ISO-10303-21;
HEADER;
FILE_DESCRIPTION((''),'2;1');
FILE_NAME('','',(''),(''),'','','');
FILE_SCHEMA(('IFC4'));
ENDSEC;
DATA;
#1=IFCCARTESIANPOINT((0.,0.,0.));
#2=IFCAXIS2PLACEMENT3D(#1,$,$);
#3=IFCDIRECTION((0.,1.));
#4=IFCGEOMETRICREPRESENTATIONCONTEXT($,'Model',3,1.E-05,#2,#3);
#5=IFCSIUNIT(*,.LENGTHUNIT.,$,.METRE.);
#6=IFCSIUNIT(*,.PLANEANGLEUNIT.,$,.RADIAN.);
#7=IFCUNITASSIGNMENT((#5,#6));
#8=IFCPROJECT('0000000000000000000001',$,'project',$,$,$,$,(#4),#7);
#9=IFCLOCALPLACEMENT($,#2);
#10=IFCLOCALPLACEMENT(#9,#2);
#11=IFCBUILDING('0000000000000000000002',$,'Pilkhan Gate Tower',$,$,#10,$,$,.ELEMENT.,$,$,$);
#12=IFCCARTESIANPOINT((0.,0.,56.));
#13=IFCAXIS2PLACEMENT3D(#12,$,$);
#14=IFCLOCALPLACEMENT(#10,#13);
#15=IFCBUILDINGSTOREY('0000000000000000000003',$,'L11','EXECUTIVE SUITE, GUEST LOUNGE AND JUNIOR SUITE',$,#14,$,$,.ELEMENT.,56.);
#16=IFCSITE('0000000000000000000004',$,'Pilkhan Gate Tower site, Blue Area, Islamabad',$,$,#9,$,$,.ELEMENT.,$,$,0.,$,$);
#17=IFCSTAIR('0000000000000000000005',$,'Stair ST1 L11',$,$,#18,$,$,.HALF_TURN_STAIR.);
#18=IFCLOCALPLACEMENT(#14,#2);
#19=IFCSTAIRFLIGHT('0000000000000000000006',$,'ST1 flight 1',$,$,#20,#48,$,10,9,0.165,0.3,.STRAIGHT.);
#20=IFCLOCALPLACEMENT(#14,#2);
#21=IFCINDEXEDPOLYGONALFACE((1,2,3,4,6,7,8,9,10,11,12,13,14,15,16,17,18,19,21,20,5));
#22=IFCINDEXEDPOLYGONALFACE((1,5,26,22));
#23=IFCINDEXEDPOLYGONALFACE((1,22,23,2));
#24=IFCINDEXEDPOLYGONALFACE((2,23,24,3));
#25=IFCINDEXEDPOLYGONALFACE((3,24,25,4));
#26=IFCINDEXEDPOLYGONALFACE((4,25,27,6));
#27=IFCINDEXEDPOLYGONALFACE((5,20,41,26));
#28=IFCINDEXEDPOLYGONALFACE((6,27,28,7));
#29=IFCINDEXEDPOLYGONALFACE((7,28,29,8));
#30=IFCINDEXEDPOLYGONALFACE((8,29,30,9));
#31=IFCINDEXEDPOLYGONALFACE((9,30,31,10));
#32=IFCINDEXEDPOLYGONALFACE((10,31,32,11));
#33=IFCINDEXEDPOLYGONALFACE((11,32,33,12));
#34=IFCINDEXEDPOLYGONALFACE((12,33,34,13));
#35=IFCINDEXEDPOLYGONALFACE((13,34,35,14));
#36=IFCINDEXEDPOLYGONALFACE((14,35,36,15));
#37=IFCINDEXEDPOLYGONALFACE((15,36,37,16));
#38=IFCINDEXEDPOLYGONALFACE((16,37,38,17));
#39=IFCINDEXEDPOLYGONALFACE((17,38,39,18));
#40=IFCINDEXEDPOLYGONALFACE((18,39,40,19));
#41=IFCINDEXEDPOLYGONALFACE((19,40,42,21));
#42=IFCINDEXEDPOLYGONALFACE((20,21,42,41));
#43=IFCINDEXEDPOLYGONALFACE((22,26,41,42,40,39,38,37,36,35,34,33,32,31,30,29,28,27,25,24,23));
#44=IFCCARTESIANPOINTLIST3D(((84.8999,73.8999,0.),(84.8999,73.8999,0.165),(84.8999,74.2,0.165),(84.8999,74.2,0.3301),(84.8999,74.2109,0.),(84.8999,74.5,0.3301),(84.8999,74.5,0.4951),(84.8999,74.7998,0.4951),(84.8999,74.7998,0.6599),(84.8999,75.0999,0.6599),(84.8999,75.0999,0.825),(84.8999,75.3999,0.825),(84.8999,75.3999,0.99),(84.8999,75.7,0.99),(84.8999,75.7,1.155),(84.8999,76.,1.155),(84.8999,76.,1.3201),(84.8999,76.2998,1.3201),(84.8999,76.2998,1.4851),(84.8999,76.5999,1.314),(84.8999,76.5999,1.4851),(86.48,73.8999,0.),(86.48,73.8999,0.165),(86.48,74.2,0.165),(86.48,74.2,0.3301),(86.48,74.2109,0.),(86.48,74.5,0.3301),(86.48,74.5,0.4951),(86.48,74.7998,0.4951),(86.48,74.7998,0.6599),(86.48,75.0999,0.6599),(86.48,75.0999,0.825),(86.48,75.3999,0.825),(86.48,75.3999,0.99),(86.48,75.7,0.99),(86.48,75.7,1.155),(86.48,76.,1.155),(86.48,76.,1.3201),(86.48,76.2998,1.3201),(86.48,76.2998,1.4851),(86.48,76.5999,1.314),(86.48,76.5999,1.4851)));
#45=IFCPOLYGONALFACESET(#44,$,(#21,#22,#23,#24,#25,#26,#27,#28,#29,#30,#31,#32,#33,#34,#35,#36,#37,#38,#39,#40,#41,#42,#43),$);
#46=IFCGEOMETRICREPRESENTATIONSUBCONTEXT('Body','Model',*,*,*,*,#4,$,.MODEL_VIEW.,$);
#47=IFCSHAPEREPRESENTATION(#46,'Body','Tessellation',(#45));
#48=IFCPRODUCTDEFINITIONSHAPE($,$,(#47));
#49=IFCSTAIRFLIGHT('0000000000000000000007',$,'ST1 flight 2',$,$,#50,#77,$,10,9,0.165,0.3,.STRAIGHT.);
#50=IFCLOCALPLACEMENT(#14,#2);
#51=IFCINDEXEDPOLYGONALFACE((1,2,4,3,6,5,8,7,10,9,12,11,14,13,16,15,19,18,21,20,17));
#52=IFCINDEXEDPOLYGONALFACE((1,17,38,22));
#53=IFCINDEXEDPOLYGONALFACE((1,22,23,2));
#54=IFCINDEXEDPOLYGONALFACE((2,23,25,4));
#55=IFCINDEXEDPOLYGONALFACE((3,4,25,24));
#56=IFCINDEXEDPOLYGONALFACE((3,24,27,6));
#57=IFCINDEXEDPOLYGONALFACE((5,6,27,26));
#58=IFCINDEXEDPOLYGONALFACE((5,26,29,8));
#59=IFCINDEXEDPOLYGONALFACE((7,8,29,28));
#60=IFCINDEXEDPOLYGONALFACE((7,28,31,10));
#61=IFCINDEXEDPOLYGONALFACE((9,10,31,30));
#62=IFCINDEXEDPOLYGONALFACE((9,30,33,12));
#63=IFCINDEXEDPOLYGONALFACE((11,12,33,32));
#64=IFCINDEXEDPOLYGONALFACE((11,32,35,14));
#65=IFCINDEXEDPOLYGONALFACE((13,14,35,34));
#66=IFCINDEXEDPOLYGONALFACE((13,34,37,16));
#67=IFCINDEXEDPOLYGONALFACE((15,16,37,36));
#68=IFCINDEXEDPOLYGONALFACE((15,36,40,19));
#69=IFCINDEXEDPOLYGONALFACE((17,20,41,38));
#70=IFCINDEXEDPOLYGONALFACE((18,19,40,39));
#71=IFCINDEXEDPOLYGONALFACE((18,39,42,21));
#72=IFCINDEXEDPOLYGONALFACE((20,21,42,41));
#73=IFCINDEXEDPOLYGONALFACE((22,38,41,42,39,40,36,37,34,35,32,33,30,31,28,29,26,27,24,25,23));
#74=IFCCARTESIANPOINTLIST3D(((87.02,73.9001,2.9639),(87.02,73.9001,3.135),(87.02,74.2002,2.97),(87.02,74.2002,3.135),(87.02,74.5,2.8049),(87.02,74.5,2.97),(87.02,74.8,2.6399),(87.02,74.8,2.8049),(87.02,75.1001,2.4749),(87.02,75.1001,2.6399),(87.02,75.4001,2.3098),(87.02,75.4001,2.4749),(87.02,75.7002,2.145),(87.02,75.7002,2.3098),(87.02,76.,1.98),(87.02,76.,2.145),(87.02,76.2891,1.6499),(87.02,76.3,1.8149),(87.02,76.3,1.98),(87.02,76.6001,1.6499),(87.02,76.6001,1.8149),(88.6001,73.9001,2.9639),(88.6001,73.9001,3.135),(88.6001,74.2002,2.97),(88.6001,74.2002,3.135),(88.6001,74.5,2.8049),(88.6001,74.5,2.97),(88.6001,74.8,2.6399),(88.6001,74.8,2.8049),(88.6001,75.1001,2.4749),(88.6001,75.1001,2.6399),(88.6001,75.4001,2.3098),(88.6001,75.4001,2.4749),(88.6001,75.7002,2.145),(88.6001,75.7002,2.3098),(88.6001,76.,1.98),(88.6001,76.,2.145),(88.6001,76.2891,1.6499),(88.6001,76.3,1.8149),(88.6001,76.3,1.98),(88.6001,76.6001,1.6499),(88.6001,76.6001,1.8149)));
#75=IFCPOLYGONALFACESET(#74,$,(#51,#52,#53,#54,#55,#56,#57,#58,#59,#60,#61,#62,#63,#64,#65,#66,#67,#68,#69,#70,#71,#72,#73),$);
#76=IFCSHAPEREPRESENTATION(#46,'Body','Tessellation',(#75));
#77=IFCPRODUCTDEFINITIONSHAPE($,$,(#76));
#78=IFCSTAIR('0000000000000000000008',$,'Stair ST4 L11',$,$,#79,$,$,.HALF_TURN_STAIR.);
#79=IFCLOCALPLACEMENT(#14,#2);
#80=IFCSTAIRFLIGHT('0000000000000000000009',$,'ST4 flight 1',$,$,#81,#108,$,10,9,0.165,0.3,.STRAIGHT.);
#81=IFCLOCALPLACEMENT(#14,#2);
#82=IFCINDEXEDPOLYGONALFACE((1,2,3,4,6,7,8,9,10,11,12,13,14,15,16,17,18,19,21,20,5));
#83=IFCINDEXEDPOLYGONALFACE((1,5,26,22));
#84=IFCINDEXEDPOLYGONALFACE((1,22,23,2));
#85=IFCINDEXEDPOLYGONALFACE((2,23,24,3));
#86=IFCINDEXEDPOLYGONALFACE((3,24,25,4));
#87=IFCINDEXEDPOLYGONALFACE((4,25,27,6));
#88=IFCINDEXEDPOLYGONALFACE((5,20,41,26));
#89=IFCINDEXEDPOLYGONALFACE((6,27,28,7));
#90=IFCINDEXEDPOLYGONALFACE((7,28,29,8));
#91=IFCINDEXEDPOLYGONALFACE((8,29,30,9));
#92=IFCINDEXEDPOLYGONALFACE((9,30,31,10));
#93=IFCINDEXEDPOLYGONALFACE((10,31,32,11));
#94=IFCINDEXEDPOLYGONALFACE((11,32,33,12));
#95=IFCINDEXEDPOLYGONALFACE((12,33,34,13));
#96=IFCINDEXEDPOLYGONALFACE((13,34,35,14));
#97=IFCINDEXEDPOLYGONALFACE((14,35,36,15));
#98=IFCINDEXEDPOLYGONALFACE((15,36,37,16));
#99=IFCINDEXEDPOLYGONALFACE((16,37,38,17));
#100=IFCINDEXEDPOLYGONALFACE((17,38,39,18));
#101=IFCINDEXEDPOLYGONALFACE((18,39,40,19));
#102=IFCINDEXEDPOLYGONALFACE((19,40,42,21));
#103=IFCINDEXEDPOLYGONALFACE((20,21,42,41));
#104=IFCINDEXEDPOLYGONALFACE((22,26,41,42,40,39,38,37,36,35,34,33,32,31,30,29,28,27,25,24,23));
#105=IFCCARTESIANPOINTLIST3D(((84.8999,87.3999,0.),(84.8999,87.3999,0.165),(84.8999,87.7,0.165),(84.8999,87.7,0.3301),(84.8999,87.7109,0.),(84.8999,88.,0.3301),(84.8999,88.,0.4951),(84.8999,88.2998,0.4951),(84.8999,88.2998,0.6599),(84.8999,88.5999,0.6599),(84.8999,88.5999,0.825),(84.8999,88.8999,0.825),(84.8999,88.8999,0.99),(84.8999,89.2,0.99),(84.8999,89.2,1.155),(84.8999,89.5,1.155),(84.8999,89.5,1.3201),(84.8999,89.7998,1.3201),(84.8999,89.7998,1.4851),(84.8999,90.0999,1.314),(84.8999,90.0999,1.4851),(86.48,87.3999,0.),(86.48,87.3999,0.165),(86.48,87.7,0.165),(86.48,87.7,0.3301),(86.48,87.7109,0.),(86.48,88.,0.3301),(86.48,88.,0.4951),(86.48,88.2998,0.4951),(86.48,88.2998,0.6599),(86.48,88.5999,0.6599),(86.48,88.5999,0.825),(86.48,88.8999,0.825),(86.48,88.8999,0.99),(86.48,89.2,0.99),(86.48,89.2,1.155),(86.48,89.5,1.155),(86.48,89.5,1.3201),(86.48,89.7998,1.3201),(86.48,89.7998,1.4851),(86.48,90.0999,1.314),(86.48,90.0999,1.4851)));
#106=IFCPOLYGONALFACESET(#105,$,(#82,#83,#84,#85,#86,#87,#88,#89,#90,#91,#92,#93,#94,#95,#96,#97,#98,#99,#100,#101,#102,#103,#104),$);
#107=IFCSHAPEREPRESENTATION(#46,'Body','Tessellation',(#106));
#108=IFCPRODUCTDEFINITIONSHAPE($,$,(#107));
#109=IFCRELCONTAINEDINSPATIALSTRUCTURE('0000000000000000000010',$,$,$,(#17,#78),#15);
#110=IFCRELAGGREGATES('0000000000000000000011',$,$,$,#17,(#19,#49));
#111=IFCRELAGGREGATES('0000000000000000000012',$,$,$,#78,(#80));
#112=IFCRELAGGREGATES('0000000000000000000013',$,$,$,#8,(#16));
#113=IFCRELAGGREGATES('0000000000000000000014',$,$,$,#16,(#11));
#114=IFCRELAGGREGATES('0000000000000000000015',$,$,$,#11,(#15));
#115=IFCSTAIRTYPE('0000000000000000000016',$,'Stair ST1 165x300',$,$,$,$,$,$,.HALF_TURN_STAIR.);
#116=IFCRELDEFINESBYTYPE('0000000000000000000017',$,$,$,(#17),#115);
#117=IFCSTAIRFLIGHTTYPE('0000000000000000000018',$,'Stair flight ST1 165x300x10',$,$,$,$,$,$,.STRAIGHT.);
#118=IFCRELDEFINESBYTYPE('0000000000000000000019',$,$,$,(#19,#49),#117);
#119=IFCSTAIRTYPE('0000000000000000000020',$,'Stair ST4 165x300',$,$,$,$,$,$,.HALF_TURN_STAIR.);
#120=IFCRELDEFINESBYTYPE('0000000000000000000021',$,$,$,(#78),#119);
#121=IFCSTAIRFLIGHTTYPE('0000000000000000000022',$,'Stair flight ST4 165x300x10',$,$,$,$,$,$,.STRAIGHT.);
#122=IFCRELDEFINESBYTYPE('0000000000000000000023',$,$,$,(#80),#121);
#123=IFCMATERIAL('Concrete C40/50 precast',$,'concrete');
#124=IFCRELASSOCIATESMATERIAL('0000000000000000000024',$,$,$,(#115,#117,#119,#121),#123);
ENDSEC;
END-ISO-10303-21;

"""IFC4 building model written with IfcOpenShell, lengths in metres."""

from ifc_helpers import new_model, si_unit, direction, frame, origin, place, context, subcontext, project, spatial, polyline, outline, extrude, material, type_object, element, aggregate, save


model = new_model("IFC4")

# Units and contexts
model_context = context("Model", 3, precision=1e-05, world=origin(), true_north=direction((0.0, 1.0)))
body_context = subcontext(model_context, "Body", "Model", "MODEL_VIEW")
ifc_project = project(units=[si_unit("LENGTHUNIT", "METRE"), si_unit("PLANEANGLEUNIT", "RADIAN")], contexts=[model_context])

# Site, building, storey
site_placement = place(None, origin())
site = spatial("IfcSite", under=ifc_project, at=site_placement, Name="Pilkhan Gate Tower site, Blue Area, Islamabad", CompositionType="ELEMENT", RefElevation=0.0)
building_placement = place(site_placement, origin())
building = spatial("IfcBuilding", under=site, at=building_placement, Name="Pilkhan Gate Tower", CompositionType="ELEMENT")
storey_placement = place(building_placement, frame((0.0, 0.0, 56.0)))
storey = spatial("IfcBuildingStorey", under=building, at=storey_placement, Name="L11", Description="EXECUTIVE SUITE, GUEST LOUNGE AND JUNIOR SUITE", CompositionType="ELEMENT", Elevation=56.0)

# Stair, stair flights
ifc_material_1 = material(Name="Concrete C40/50 precast", Category="concrete")
stair_type_1 = type_object("IfcStairType", Name="Stair ST1 165x300", PredefinedType="HALF_TURN_STAIR", material=ifc_material_1)
stair_1_placement = place(storey_placement, origin())
stair_1 = element("IfcStair", 1, at=stair_1_placement, inside=storey, type_object=stair_type_1, Name="Stair ST1 L11", PredefinedType="HALF_TURN_STAIR")
stair_flight_type_1 = type_object("IfcStairFlightType", Name="Stair flight ST1 165x300x10", PredefinedType="STRAIGHT", material=ifc_material_1)
stair_flight_1_placement = place(storey_placement, frame((85.6899, 73.8999, 0.0), z_axis=(0.0, 0.0, 1.0), x_axis=(0.0, 1.0, 0.0)))
stair_flight_1 = element("IfcStairFlight", 2, at=stair_flight_1_placement, type_object=stair_flight_type_1, Name="ST1 flight 1", NumberOfRisers=10, NumberOfTreads=9, PredefinedType="STRAIGHT", RiserHeight=0.165, TreadLength=0.3, context=body_context, shape_type="SweptSolid", body=[
    extrude(outline(polyline([(0.0, 0.0), (0.0, 0.165), (0.3, 0.165), (0.3, 0.3301), (0.6001, 0.3301), (0.6001, 0.4951), (0.8999, 0.4951), (0.8999, 0.6599), (1.2, 0.6599), (1.2, 0.825), (1.5, 0.825), (1.5, 0.99), (1.8, 0.99), (1.8, 1.155), (2.1001, 1.155), (2.1001, 1.3201), (2.3999, 1.3201), (2.3999, 1.4851), (2.7, 1.4851), (2.7, 1.6499), (2.7, 1.314), (0.311, 0.0), (0.0, 0.0)])), frame((0.0, 0.79, 0.0), z_axis=(0.0, -1.0, 0.0), x_axis=(1.0, 0.0, 0.0)), (0.0, 0.0, 1.0), 1.5801),
])
stair_flight_2_placement = place(storey_placement, frame((87.8101, 76.6001, 1.6499), z_axis=(0.0, 0.0, 1.0), x_axis=(0.0, -1.0, 0.0)))
stair_flight_2 = element("IfcStairFlight", 3, at=stair_flight_2_placement, type_object=stair_flight_type_1, Name="ST1 flight 2", NumberOfRisers=10, NumberOfTreads=9, PredefinedType="STRAIGHT", RiserHeight=0.165, TreadLength=0.3, context=body_context, shape_type="SweptSolid", body=[
    extrude(outline(polyline([(0.0, 0.0), (0.0, 0.165), (0.3, 0.165), (0.3, 0.3301), (0.6001, 0.3301), (0.6001, 0.4951), (0.8999, 0.4951), (0.8999, 0.6599), (1.2, 0.6599), (1.2, 0.825), (1.5, 0.825), (1.5, 0.99), (1.8, 0.99), (1.8, 1.155), (2.1001, 1.155), (2.1001, 1.3201), (2.3999, 1.3201), (2.3999, 1.4851), (2.7, 1.4851), (2.7, 1.6499), (2.7, 1.314), (0.311, 0.0), (0.0, 0.0)])), frame((0.0, 0.79, 0.0), z_axis=(0.0, -1.0, 0.0), x_axis=(1.0, 0.0, 0.0)), (0.0, 0.0, 1.0), 1.5801),
])
aggregate(stair_1, [stair_flight_1, stair_flight_2])

# Stair, stair flight
stair_type_2 = type_object("IfcStairType", Name="Stair ST4 165x300", PredefinedType="HALF_TURN_STAIR", material=ifc_material_1)
stair_2_placement = place(storey_placement, origin())
stair_2 = element("IfcStair", 4, at=stair_2_placement, inside=storey, type_object=stair_type_2, Name="Stair ST4 L11", PredefinedType="HALF_TURN_STAIR")
stair_flight_type_2 = type_object("IfcStairFlightType", Name="Stair flight ST4 165x300x10", PredefinedType="STRAIGHT", material=ifc_material_1)
stair_flight_3_placement = place(storey_placement, frame((85.6899, 87.3999, 0.0), z_axis=(0.0, 0.0, 1.0), x_axis=(0.0, 1.0, 0.0)))
stair_flight_3 = element("IfcStairFlight", 5, at=stair_flight_3_placement, type_object=stair_flight_type_2, Name="ST4 flight 1", NumberOfRisers=10, NumberOfTreads=9, PredefinedType="STRAIGHT", RiserHeight=0.165, TreadLength=0.3, context=body_context, shape_type="SweptSolid", body=[
    extrude(outline(polyline([(0.0, 0.0), (0.0, 0.165), (0.3, 0.165), (0.3, 0.3301), (0.6001, 0.3301), (0.6001, 0.4951), (0.8999, 0.4951), (0.8999, 0.6599), (1.2, 0.6599), (1.2, 0.825), (1.5, 0.825), (1.5, 0.99), (1.8, 0.99), (1.8, 1.155), (2.1001, 1.155), (2.1001, 1.3201), (2.3999, 1.3201), (2.3999, 1.4851), (2.7, 1.4851), (2.7, 1.6499), (2.7, 1.314), (0.311, 0.0), (0.0, 0.0)])), frame((0.0, 0.79, 0.0), z_axis=(0.0, -1.0, 0.0), x_axis=(1.0, 0.0, 0.0)), (0.0, 0.0, 1.0), 1.5801),
])
aggregate(stair_2, [stair_flight_3])

save(model, "model.ifc")
